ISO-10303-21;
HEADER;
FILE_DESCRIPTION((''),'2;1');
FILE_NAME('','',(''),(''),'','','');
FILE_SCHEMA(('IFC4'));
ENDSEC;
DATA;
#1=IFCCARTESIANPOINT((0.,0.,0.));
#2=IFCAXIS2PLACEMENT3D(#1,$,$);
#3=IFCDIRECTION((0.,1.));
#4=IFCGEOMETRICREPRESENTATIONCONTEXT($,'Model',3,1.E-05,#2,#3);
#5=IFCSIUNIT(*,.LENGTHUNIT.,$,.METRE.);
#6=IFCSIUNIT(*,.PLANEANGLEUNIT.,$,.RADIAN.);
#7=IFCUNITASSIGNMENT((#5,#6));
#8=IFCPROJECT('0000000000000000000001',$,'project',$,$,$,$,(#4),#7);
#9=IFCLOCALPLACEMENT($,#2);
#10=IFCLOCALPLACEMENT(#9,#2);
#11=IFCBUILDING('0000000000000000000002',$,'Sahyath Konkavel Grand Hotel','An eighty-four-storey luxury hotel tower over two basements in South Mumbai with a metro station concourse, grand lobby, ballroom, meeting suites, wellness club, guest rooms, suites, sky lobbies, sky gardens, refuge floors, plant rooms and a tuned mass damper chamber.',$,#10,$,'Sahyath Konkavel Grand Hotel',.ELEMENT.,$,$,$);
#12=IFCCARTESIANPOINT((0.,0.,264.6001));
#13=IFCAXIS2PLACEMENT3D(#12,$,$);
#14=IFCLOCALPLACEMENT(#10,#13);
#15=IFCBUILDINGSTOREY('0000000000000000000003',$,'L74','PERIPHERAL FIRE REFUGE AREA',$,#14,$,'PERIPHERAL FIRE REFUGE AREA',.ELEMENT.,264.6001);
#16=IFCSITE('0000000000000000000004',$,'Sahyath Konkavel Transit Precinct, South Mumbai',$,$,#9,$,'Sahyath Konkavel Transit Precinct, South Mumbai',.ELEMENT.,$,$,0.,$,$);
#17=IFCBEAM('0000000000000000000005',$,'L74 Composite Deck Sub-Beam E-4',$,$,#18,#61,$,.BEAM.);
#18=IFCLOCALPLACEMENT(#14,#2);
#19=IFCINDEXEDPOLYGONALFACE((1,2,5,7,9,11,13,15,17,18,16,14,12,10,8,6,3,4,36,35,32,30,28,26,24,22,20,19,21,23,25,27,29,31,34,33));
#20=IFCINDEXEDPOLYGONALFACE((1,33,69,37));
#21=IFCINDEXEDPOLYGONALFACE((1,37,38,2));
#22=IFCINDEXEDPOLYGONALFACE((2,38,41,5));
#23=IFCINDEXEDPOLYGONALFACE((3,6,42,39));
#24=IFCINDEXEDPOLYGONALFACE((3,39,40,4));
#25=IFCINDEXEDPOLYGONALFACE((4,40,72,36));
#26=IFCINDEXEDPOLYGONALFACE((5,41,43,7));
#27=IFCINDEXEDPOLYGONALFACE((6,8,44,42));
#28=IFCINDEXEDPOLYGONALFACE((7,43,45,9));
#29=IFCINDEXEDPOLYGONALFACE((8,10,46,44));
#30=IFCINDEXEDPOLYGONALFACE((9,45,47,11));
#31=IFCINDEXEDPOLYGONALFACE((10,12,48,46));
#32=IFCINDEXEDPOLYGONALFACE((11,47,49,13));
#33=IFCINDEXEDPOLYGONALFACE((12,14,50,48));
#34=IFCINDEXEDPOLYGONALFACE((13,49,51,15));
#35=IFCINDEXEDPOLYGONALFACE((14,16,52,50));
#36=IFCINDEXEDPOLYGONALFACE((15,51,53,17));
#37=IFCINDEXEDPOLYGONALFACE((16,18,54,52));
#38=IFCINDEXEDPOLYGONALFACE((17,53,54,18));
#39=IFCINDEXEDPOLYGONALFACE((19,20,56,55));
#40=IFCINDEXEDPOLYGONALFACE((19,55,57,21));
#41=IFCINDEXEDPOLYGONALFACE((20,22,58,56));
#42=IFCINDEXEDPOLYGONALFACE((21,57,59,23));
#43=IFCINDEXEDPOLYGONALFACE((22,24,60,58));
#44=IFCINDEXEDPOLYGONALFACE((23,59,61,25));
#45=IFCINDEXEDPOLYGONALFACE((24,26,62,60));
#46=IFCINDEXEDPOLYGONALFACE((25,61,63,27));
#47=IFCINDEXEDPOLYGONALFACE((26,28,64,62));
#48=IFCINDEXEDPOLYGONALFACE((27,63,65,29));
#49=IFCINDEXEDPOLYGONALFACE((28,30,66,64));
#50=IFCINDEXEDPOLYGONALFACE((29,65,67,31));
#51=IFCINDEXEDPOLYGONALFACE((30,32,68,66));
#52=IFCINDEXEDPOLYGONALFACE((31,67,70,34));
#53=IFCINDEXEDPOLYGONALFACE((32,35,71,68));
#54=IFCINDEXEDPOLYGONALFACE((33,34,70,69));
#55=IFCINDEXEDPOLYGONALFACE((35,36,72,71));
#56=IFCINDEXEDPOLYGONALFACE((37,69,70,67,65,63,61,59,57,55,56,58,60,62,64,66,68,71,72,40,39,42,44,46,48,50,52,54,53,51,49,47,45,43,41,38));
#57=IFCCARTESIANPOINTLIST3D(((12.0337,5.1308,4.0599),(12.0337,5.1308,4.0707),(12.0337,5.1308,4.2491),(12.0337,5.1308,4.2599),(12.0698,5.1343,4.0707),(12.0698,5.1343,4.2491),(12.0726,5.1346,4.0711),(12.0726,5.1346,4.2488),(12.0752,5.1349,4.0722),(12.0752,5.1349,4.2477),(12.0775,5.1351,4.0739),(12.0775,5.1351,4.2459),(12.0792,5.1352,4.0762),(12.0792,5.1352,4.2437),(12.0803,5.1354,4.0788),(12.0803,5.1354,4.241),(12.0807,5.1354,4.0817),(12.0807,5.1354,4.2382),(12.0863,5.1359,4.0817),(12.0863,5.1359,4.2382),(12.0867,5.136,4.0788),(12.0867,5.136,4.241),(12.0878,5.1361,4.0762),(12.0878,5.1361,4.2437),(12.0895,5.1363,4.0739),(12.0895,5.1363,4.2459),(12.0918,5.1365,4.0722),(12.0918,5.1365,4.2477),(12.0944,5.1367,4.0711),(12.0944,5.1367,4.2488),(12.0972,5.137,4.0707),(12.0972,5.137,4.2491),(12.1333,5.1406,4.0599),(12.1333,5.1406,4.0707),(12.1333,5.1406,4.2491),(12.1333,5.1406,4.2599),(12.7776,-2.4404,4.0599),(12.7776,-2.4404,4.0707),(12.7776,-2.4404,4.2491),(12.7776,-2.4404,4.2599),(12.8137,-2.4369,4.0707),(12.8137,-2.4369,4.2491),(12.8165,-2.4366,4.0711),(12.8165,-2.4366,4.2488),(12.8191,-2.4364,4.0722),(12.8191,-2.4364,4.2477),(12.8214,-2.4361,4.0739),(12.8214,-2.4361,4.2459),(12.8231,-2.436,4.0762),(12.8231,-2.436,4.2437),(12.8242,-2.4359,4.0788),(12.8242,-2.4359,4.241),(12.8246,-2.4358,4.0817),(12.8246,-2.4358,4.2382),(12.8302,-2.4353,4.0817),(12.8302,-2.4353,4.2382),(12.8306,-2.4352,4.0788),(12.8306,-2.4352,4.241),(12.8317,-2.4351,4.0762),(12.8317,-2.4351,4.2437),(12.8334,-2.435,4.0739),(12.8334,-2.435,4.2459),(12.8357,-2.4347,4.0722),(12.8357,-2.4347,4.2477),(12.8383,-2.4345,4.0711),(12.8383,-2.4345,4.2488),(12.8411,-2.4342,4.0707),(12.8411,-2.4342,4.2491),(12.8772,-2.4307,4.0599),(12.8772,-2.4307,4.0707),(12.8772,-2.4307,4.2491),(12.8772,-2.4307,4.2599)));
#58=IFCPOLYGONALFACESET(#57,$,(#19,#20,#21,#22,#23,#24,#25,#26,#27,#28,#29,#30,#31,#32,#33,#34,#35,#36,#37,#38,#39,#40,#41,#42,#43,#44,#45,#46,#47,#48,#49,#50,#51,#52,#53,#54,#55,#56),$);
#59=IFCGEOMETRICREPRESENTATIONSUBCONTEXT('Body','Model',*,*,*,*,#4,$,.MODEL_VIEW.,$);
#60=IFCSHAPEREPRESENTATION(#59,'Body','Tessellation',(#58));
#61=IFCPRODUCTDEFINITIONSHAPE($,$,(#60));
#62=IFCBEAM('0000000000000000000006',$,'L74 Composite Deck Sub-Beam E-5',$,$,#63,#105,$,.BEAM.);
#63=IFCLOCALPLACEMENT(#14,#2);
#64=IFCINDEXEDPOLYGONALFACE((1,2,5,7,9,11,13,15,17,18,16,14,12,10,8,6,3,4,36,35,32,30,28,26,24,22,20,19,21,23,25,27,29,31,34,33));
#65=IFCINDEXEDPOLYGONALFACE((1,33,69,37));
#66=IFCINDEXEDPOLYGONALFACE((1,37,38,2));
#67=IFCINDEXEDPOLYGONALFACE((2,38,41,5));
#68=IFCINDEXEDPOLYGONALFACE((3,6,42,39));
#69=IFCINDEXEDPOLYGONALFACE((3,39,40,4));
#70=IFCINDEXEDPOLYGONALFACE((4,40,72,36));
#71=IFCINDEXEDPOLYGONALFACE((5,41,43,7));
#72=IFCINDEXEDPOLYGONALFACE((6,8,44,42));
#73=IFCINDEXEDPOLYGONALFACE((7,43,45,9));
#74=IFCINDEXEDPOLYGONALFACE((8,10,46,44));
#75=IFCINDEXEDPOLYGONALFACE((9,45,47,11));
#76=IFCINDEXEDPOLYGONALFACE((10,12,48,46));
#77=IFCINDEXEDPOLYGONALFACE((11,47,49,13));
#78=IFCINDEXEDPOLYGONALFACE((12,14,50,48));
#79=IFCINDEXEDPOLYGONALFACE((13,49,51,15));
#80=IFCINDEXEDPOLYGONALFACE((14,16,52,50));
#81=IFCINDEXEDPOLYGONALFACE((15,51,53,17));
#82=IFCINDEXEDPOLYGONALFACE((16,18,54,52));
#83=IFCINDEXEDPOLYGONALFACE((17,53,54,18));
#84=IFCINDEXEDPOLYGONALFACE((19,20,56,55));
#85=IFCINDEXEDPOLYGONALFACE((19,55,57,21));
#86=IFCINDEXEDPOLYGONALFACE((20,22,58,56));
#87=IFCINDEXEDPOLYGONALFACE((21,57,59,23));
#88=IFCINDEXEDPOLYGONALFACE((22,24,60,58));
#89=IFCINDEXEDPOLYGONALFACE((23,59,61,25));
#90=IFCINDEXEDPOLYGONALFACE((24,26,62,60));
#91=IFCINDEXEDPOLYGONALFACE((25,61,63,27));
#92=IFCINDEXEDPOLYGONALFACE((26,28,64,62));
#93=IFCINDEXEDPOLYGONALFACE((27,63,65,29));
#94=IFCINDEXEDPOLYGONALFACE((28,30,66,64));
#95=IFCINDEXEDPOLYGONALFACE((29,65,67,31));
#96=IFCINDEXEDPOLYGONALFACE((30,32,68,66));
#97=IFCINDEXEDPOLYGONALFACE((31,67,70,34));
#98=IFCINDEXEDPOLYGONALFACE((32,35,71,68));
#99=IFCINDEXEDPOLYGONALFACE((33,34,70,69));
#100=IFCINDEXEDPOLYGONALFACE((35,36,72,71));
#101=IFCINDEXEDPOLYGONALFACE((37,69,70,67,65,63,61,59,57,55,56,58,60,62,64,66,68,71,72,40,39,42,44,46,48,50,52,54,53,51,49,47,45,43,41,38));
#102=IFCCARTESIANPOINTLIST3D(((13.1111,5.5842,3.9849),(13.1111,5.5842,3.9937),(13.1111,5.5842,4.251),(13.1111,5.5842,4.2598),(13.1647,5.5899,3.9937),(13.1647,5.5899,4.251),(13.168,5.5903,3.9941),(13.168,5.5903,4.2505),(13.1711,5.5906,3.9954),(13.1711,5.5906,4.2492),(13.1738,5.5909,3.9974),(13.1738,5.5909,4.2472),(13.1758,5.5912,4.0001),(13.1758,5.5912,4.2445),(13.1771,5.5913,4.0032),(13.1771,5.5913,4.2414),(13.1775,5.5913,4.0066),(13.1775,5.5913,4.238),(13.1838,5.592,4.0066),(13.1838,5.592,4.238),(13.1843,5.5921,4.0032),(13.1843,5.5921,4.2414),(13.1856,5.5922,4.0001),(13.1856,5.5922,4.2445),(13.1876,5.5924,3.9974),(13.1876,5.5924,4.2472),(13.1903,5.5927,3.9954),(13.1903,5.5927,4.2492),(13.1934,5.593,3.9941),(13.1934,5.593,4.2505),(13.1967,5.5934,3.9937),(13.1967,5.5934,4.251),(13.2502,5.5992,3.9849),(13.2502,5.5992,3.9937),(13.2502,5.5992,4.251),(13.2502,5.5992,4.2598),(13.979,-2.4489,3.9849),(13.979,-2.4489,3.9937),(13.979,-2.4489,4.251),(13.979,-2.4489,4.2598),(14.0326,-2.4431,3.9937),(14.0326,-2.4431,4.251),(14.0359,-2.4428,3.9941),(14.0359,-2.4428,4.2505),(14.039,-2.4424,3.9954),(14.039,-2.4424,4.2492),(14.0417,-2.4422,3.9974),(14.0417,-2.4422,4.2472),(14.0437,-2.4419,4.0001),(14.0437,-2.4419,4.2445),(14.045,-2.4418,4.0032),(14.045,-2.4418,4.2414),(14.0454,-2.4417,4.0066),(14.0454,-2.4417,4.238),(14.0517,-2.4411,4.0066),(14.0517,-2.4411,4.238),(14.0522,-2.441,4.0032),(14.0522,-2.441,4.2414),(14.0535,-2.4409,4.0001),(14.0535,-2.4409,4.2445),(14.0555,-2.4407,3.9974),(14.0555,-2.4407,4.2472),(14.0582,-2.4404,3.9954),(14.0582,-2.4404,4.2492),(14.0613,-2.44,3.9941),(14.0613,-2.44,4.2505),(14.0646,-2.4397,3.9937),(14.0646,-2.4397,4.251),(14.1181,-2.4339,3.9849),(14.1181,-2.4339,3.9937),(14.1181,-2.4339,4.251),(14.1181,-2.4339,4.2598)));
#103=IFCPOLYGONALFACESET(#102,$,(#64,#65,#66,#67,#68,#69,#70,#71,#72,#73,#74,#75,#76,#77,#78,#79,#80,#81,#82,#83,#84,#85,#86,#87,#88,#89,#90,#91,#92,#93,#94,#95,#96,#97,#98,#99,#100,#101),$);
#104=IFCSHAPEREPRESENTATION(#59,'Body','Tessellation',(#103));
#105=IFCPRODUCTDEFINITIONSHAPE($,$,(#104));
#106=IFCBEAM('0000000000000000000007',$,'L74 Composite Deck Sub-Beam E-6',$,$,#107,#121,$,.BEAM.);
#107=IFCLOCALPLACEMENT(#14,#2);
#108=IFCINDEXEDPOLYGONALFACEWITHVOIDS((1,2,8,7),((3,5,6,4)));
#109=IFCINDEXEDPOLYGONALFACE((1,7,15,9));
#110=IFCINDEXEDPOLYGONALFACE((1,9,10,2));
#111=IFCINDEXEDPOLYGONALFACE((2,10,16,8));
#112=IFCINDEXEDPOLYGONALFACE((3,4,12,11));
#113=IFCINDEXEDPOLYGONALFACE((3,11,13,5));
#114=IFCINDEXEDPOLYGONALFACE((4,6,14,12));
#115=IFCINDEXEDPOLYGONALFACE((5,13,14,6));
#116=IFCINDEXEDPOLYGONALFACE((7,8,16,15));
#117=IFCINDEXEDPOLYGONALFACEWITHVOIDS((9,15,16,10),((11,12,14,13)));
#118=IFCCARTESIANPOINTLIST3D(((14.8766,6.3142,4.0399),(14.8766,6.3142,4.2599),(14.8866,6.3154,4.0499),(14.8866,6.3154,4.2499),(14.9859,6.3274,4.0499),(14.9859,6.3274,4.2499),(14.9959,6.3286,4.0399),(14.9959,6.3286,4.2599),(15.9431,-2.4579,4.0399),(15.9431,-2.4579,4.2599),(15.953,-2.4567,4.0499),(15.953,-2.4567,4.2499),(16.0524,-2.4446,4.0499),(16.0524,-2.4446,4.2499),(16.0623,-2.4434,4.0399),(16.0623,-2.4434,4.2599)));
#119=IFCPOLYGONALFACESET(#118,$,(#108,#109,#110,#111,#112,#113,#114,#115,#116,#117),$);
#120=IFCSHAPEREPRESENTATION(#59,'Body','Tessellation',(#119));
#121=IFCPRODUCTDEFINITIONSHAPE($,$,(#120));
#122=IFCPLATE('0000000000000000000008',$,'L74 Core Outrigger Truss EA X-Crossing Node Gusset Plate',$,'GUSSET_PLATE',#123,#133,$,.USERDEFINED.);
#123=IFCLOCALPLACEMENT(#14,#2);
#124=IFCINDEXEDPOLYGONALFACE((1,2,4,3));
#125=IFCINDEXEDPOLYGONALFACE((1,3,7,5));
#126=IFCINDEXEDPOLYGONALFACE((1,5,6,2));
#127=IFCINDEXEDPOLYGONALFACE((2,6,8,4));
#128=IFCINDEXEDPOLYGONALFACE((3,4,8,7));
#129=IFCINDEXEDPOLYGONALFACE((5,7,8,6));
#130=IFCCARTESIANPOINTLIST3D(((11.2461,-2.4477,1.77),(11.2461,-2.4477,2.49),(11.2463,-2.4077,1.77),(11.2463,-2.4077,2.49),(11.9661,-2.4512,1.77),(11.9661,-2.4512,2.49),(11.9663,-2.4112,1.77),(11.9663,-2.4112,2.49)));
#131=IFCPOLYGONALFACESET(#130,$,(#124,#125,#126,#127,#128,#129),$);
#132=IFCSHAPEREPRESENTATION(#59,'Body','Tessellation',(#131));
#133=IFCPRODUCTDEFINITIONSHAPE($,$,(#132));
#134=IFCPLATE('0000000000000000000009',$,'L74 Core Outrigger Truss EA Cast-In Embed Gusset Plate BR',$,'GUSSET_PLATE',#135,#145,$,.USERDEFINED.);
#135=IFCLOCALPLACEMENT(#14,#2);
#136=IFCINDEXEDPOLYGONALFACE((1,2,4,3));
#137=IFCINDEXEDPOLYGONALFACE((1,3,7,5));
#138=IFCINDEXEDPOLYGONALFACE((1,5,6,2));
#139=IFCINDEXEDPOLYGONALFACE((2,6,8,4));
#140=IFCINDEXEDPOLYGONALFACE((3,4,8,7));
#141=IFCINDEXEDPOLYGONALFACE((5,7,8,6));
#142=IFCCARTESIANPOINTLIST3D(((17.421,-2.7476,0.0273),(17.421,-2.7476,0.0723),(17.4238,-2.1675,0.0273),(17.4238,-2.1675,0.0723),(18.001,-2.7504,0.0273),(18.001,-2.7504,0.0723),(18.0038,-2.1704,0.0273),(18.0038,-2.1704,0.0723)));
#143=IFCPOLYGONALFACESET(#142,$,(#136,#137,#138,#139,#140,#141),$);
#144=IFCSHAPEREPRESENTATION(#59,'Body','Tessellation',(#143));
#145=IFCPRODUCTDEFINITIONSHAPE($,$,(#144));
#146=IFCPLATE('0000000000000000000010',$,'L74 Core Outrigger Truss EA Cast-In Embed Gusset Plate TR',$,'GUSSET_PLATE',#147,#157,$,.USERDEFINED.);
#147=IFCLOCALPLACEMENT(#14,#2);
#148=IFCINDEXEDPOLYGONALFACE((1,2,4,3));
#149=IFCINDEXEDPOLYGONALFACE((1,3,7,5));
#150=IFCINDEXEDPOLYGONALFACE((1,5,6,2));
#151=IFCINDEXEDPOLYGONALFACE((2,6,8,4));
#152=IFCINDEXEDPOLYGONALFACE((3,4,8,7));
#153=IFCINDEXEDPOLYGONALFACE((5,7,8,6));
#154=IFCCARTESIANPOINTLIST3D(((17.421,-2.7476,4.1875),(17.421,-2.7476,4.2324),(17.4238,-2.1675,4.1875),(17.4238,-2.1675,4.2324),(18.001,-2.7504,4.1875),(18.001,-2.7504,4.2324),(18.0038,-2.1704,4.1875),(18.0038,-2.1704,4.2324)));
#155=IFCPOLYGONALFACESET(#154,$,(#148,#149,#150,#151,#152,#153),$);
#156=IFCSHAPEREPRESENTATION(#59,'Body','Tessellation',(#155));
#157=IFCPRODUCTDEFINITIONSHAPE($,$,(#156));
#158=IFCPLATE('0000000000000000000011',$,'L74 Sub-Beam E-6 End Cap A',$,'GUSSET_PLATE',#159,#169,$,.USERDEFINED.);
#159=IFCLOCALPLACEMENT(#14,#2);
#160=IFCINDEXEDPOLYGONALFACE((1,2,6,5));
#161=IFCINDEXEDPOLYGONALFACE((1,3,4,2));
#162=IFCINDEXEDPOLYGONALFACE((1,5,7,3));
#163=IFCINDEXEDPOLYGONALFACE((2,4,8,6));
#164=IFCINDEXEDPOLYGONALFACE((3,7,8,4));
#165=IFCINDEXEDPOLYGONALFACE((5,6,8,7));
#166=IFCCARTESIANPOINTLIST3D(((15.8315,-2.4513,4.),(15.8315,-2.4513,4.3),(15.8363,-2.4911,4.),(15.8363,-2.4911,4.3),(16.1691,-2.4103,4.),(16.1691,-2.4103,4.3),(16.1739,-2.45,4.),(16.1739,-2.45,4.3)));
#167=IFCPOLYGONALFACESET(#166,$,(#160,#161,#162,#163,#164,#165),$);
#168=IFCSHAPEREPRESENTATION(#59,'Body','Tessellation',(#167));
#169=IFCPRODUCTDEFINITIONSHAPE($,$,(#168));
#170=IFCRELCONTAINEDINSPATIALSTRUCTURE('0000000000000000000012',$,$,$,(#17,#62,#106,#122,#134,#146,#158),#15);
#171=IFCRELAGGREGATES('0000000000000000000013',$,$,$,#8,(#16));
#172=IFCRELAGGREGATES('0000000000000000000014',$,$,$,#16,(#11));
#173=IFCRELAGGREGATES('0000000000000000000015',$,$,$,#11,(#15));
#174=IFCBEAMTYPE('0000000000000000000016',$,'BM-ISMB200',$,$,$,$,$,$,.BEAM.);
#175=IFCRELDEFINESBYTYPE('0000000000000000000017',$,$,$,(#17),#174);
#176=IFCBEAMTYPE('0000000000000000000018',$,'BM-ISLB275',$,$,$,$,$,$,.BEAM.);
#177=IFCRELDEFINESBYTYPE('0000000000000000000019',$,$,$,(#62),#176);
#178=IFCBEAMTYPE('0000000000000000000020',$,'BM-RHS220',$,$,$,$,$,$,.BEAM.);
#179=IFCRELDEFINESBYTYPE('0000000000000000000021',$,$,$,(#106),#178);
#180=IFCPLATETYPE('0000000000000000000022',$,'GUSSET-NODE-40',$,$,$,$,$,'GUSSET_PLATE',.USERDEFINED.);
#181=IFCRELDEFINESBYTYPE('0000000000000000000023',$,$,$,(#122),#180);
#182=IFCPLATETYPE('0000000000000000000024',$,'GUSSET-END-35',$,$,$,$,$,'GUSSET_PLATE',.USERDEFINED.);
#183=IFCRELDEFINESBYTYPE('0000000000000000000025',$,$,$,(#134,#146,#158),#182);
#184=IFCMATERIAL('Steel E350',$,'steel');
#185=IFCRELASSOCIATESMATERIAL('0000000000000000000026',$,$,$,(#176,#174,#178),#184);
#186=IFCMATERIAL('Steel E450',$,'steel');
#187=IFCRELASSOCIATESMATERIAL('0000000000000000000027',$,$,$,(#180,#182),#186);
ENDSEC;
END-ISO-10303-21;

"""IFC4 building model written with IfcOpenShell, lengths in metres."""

from ifc_helpers import new_model, si_unit, direction, frame, origin, origin_2d, place, context, subcontext, project, spatial, rectangle, hollow_rectangle, i_section, extrude, source, transform, mapped, material, material_profile, profile_set, type_object, element, save


model = new_model("IFC4")

# Units and contexts
model_context = context("Model", 3, precision=1e-05, world=origin(), true_north=direction((0.0, 1.0)))
body_context = subcontext(model_context, "Body", "Model", "MODEL_VIEW")
ifc_project = project(units=[si_unit("LENGTHUNIT", "METRE"), si_unit("PLANEANGLEUNIT", "RADIAN")], contexts=[model_context])

# Site, building, storey
site_placement = place(None, origin())
site = spatial("IfcSite", under=ifc_project, at=site_placement, Name="Sahyath Konkavel Transit Precinct, South Mumbai", LongName="Sahyath Konkavel Transit Precinct, South Mumbai", CompositionType="ELEMENT", RefElevation=0.0)
building_placement = place(site_placement, origin())
building = spatial("IfcBuilding", under=site, at=building_placement, Name="Sahyath Konkavel Grand Hotel", Description="An eighty-four-storey luxury hotel tower over two basements in South Mumbai with a metro station concourse, grand lobby, ballroom, meeting suites, wellness club, guest rooms, suites, sky lobbies, sky gardens, refuge floors, plant rooms and a tuned mass damper chamber.", LongName="Sahyath Konkavel Grand Hotel", CompositionType="ELEMENT")
storey_placement = place(building_placement, frame((0.0, 0.0, 264.6001)))
storey = spatial("IfcBuildingStorey", under=building, at=storey_placement, Name="L74", Description="PERIPHERAL FIRE REFUGE AREA", LongName="PERIPHERAL FIRE REFUGE AREA", CompositionType="ELEMENT", Elevation=264.6001)

# Shared definitions
ifc_material_1 = material(Name="Steel E350", Category="steel")
ifc_material_profile_1 = material_profile(ifc_material_1, i_section(OverallWidth=0.1399, OverallDepth=0.2749, WebThickness=0.0063, FlangeThickness=0.0088, FilletRadius=0.0129, at=origin_2d()), Name="ISLB 275")
ifc_profile_set_1 = profile_set([ifc_material_profile_1], Name="Steel E350")
beam_type_1 = type_object("IfcBeamType", Name="BM-ISLB275", PredefinedType="BEAM", material=ifc_profile_set_1)

# Shared definitions
ifc_material_2 = material(Name="Steel E450", Category="steel")

# Beams
ifc_material_profile_2 = material_profile(ifc_material_1, i_section(OverallWidth=0.1001, OverallDepth=0.2, WebThickness=0.0056, FlangeThickness=0.0107, FilletRadius=0.011, at=origin_2d()), Name="ISMB 200")
ifc_profile_set_2 = profile_set([ifc_material_profile_2], Name="Steel E350")
beam_type_2 = type_object("IfcBeamType", Name="BM-ISMB200", PredefinedType="BEAM", material=ifc_profile_set_2)
shared_shape_1 = source(origin(), body_context, "Body", "SweptSolid", [
    extrude(i_section(OverallWidth=0.1001, OverallDepth=0.2, WebThickness=0.0056, FlangeThickness=0.0107, FilletRadius=0.011, at=origin_2d()), origin(), (0.0, 0.0, 1.0), 7.6077),
])
beam_1_placement = place(storey_placement, frame((12.8274, -2.4355, 4.1599), z_axis=(-0.097781, 0.995208, 0.0), x_axis=(-0.995208, -0.097781, 0.0)))
element("IfcBeam", 1, at=beam_1_placement, inside=storey, type_object=beam_type_2, Name="L74 Composite Deck Sub-Beam E-4", PredefinedType="BEAM", context=body_context, shape_type="MappedRepresentation", body=[
    mapped(shared_shape_1, transform((0.0, 0.0, 0.0), scale=1.0)),
])
shared_shape_2 = source(origin(), body_context, "Body", "SweptSolid", [
    extrude(i_section(OverallWidth=0.1399, OverallDepth=0.2749, WebThickness=0.0063, FlangeThickness=0.0088, FilletRadius=0.0129, at=origin_2d()), origin(), (0.0, 0.0, 1.0), 8.0798),
])
beam_2_placement = place(storey_placement, frame((14.0486, -2.4414, 4.1223), z_axis=(-0.107416, 0.994214, 0.0), x_axis=(-0.994214, -0.107416, 0.0)))
element("IfcBeam", 2, at=beam_2_placement, inside=storey, type_object=beam_type_1, Name="L74 Composite Deck Sub-Beam E-5", PredefinedType="BEAM", context=body_context, shape_type="MappedRepresentation", body=[
    mapped(shared_shape_2, transform((0.0, 0.0, 0.0), scale=1.0)),
])
ifc_material_profile_3 = material_profile(ifc_material_1, hollow_rectangle(XDim=0.1201, YDim=0.22, WallThickness=0.01, at=origin_2d()), Name="RHS 220x120x10")
ifc_profile_set_3 = profile_set([ifc_material_profile_3], Name="Steel E350")
beam_type_3 = type_object("IfcBeamType", Name="BM-RHS220", PredefinedType="BEAM", material=ifc_profile_set_3)
shared_shape_3 = source(origin(), body_context, "Body", "SweptSolid", [
    extrude(hollow_rectangle(XDim=0.1201, YDim=0.22, WallThickness=0.01, at=origin_2d()), origin(), (0.0, 0.0, 1.0), 8.8367),
])
beam_3_placement = place(storey_placement, frame((16.0027, -2.4507, 4.1499), z_axis=(-0.120681, 0.992691, 0.0), x_axis=(-0.992691, -0.120681, 0.0)))
element("IfcBeam", 3, at=beam_3_placement, inside=storey, type_object=beam_type_3, Name="L74 Composite Deck Sub-Beam E-6", PredefinedType="BEAM", context=body_context, shape_type="MappedRepresentation", body=[
    mapped(shared_shape_3, transform((0.0, 0.0, 0.0), scale=1.0)),
])

# Plates
plate_type_1 = type_object("IfcPlateType", Name="GUSSET-NODE-40", ElementType="GUSSET_PLATE", PredefinedType="USERDEFINED", material=ifc_material_2)
shared_shape_4 = source(origin(), body_context, "Body", "SweptSolid", [
    extrude(rectangle(XDim=0.72, YDim=0.04, at=origin_2d()), origin(), (0.0, 0.0, 1.0), 0.72),
])
plate_1_placement = place(storey_placement, frame((11.6062, -2.4294, 1.77), z_axis=(0.0, 0.0, 1.0), x_axis=(0.999988, -0.004835, 0.0)))
element("IfcPlate", 4, at=plate_1_placement, inside=storey, type_object=plate_type_1, Name="L74 Core Outrigger Truss EA X-Crossing Node Gusset Plate", ObjectType="GUSSET_PLATE", PredefinedType="USERDEFINED", context=body_context, shape_type="MappedRepresentation", body=[
    mapped(shared_shape_4, transform((0.0, 0.0, 0.0), scale=1.0)),
])
plate_type_2 = type_object("IfcPlateType", Name="GUSSET-END-35", ElementType="GUSSET_PLATE", PredefinedType="USERDEFINED", material=ifc_material_2)
shared_shape_5 = source(origin(), body_context, "Body", "SweptSolid", [
    extrude(rectangle(XDim=0.5801, YDim=0.5801, at=origin_2d()), origin(), (0.0, 0.0, 1.0), 0.0449),
])
for number, where, z_axis, x_axis, name in (
    (5, (17.7124, -2.459, 0.0273), (0.0, 0.0, 1.0), (0.999988, -0.004835, 0.0), "L74 Core Outrigger Truss EA Cast-In Embed Gusset Plate BR"),
    (6, (17.7124, -2.459, 4.1875), (0.0, 0.0, 1.0), (0.999988, -0.004835, 0.0), "L74 Core Outrigger Truss EA Cast-In Embed Gusset Plate TR"),
):
    element("IfcPlate", number, at=place(storey_placement, frame(where, z_axis=z_axis, x_axis=x_axis)), inside=storey, type_object=plate_type_2, Name=name, ObjectType="GUSSET_PLATE", PredefinedType="USERDEFINED", context=body_context, shape_type="MappedRepresentation", body=[
        mapped(shared_shape_5, transform((0.0, 0.0, 0.0), scale=1.0)),
    ])
shared_shape_6 = source(origin(), body_context, "Body", "SweptSolid", [
    extrude(rectangle(XDim=0.04, YDim=0.3401, at=origin_2d()), origin(), (0.0, 0.0, 1.0), 0.3),
])
plate_2_placement = place(storey_placement, frame((16.0027, -2.4507, 4.0), z_axis=(0.0, 0.0, 1.0), x_axis=(-0.120674, 0.992692, 0.0)))
element("IfcPlate", 7, at=plate_2_placement, inside=storey, type_object=plate_type_2, Name="L74 Sub-Beam E-6 End Cap A", ObjectType="GUSSET_PLATE", PredefinedType="USERDEFINED", context=body_context, shape_type="MappedRepresentation", body=[
    mapped(shared_shape_6, transform((0.0, 0.0, 0.0), scale=1.0)),
])

save(model, "model.ifc")
